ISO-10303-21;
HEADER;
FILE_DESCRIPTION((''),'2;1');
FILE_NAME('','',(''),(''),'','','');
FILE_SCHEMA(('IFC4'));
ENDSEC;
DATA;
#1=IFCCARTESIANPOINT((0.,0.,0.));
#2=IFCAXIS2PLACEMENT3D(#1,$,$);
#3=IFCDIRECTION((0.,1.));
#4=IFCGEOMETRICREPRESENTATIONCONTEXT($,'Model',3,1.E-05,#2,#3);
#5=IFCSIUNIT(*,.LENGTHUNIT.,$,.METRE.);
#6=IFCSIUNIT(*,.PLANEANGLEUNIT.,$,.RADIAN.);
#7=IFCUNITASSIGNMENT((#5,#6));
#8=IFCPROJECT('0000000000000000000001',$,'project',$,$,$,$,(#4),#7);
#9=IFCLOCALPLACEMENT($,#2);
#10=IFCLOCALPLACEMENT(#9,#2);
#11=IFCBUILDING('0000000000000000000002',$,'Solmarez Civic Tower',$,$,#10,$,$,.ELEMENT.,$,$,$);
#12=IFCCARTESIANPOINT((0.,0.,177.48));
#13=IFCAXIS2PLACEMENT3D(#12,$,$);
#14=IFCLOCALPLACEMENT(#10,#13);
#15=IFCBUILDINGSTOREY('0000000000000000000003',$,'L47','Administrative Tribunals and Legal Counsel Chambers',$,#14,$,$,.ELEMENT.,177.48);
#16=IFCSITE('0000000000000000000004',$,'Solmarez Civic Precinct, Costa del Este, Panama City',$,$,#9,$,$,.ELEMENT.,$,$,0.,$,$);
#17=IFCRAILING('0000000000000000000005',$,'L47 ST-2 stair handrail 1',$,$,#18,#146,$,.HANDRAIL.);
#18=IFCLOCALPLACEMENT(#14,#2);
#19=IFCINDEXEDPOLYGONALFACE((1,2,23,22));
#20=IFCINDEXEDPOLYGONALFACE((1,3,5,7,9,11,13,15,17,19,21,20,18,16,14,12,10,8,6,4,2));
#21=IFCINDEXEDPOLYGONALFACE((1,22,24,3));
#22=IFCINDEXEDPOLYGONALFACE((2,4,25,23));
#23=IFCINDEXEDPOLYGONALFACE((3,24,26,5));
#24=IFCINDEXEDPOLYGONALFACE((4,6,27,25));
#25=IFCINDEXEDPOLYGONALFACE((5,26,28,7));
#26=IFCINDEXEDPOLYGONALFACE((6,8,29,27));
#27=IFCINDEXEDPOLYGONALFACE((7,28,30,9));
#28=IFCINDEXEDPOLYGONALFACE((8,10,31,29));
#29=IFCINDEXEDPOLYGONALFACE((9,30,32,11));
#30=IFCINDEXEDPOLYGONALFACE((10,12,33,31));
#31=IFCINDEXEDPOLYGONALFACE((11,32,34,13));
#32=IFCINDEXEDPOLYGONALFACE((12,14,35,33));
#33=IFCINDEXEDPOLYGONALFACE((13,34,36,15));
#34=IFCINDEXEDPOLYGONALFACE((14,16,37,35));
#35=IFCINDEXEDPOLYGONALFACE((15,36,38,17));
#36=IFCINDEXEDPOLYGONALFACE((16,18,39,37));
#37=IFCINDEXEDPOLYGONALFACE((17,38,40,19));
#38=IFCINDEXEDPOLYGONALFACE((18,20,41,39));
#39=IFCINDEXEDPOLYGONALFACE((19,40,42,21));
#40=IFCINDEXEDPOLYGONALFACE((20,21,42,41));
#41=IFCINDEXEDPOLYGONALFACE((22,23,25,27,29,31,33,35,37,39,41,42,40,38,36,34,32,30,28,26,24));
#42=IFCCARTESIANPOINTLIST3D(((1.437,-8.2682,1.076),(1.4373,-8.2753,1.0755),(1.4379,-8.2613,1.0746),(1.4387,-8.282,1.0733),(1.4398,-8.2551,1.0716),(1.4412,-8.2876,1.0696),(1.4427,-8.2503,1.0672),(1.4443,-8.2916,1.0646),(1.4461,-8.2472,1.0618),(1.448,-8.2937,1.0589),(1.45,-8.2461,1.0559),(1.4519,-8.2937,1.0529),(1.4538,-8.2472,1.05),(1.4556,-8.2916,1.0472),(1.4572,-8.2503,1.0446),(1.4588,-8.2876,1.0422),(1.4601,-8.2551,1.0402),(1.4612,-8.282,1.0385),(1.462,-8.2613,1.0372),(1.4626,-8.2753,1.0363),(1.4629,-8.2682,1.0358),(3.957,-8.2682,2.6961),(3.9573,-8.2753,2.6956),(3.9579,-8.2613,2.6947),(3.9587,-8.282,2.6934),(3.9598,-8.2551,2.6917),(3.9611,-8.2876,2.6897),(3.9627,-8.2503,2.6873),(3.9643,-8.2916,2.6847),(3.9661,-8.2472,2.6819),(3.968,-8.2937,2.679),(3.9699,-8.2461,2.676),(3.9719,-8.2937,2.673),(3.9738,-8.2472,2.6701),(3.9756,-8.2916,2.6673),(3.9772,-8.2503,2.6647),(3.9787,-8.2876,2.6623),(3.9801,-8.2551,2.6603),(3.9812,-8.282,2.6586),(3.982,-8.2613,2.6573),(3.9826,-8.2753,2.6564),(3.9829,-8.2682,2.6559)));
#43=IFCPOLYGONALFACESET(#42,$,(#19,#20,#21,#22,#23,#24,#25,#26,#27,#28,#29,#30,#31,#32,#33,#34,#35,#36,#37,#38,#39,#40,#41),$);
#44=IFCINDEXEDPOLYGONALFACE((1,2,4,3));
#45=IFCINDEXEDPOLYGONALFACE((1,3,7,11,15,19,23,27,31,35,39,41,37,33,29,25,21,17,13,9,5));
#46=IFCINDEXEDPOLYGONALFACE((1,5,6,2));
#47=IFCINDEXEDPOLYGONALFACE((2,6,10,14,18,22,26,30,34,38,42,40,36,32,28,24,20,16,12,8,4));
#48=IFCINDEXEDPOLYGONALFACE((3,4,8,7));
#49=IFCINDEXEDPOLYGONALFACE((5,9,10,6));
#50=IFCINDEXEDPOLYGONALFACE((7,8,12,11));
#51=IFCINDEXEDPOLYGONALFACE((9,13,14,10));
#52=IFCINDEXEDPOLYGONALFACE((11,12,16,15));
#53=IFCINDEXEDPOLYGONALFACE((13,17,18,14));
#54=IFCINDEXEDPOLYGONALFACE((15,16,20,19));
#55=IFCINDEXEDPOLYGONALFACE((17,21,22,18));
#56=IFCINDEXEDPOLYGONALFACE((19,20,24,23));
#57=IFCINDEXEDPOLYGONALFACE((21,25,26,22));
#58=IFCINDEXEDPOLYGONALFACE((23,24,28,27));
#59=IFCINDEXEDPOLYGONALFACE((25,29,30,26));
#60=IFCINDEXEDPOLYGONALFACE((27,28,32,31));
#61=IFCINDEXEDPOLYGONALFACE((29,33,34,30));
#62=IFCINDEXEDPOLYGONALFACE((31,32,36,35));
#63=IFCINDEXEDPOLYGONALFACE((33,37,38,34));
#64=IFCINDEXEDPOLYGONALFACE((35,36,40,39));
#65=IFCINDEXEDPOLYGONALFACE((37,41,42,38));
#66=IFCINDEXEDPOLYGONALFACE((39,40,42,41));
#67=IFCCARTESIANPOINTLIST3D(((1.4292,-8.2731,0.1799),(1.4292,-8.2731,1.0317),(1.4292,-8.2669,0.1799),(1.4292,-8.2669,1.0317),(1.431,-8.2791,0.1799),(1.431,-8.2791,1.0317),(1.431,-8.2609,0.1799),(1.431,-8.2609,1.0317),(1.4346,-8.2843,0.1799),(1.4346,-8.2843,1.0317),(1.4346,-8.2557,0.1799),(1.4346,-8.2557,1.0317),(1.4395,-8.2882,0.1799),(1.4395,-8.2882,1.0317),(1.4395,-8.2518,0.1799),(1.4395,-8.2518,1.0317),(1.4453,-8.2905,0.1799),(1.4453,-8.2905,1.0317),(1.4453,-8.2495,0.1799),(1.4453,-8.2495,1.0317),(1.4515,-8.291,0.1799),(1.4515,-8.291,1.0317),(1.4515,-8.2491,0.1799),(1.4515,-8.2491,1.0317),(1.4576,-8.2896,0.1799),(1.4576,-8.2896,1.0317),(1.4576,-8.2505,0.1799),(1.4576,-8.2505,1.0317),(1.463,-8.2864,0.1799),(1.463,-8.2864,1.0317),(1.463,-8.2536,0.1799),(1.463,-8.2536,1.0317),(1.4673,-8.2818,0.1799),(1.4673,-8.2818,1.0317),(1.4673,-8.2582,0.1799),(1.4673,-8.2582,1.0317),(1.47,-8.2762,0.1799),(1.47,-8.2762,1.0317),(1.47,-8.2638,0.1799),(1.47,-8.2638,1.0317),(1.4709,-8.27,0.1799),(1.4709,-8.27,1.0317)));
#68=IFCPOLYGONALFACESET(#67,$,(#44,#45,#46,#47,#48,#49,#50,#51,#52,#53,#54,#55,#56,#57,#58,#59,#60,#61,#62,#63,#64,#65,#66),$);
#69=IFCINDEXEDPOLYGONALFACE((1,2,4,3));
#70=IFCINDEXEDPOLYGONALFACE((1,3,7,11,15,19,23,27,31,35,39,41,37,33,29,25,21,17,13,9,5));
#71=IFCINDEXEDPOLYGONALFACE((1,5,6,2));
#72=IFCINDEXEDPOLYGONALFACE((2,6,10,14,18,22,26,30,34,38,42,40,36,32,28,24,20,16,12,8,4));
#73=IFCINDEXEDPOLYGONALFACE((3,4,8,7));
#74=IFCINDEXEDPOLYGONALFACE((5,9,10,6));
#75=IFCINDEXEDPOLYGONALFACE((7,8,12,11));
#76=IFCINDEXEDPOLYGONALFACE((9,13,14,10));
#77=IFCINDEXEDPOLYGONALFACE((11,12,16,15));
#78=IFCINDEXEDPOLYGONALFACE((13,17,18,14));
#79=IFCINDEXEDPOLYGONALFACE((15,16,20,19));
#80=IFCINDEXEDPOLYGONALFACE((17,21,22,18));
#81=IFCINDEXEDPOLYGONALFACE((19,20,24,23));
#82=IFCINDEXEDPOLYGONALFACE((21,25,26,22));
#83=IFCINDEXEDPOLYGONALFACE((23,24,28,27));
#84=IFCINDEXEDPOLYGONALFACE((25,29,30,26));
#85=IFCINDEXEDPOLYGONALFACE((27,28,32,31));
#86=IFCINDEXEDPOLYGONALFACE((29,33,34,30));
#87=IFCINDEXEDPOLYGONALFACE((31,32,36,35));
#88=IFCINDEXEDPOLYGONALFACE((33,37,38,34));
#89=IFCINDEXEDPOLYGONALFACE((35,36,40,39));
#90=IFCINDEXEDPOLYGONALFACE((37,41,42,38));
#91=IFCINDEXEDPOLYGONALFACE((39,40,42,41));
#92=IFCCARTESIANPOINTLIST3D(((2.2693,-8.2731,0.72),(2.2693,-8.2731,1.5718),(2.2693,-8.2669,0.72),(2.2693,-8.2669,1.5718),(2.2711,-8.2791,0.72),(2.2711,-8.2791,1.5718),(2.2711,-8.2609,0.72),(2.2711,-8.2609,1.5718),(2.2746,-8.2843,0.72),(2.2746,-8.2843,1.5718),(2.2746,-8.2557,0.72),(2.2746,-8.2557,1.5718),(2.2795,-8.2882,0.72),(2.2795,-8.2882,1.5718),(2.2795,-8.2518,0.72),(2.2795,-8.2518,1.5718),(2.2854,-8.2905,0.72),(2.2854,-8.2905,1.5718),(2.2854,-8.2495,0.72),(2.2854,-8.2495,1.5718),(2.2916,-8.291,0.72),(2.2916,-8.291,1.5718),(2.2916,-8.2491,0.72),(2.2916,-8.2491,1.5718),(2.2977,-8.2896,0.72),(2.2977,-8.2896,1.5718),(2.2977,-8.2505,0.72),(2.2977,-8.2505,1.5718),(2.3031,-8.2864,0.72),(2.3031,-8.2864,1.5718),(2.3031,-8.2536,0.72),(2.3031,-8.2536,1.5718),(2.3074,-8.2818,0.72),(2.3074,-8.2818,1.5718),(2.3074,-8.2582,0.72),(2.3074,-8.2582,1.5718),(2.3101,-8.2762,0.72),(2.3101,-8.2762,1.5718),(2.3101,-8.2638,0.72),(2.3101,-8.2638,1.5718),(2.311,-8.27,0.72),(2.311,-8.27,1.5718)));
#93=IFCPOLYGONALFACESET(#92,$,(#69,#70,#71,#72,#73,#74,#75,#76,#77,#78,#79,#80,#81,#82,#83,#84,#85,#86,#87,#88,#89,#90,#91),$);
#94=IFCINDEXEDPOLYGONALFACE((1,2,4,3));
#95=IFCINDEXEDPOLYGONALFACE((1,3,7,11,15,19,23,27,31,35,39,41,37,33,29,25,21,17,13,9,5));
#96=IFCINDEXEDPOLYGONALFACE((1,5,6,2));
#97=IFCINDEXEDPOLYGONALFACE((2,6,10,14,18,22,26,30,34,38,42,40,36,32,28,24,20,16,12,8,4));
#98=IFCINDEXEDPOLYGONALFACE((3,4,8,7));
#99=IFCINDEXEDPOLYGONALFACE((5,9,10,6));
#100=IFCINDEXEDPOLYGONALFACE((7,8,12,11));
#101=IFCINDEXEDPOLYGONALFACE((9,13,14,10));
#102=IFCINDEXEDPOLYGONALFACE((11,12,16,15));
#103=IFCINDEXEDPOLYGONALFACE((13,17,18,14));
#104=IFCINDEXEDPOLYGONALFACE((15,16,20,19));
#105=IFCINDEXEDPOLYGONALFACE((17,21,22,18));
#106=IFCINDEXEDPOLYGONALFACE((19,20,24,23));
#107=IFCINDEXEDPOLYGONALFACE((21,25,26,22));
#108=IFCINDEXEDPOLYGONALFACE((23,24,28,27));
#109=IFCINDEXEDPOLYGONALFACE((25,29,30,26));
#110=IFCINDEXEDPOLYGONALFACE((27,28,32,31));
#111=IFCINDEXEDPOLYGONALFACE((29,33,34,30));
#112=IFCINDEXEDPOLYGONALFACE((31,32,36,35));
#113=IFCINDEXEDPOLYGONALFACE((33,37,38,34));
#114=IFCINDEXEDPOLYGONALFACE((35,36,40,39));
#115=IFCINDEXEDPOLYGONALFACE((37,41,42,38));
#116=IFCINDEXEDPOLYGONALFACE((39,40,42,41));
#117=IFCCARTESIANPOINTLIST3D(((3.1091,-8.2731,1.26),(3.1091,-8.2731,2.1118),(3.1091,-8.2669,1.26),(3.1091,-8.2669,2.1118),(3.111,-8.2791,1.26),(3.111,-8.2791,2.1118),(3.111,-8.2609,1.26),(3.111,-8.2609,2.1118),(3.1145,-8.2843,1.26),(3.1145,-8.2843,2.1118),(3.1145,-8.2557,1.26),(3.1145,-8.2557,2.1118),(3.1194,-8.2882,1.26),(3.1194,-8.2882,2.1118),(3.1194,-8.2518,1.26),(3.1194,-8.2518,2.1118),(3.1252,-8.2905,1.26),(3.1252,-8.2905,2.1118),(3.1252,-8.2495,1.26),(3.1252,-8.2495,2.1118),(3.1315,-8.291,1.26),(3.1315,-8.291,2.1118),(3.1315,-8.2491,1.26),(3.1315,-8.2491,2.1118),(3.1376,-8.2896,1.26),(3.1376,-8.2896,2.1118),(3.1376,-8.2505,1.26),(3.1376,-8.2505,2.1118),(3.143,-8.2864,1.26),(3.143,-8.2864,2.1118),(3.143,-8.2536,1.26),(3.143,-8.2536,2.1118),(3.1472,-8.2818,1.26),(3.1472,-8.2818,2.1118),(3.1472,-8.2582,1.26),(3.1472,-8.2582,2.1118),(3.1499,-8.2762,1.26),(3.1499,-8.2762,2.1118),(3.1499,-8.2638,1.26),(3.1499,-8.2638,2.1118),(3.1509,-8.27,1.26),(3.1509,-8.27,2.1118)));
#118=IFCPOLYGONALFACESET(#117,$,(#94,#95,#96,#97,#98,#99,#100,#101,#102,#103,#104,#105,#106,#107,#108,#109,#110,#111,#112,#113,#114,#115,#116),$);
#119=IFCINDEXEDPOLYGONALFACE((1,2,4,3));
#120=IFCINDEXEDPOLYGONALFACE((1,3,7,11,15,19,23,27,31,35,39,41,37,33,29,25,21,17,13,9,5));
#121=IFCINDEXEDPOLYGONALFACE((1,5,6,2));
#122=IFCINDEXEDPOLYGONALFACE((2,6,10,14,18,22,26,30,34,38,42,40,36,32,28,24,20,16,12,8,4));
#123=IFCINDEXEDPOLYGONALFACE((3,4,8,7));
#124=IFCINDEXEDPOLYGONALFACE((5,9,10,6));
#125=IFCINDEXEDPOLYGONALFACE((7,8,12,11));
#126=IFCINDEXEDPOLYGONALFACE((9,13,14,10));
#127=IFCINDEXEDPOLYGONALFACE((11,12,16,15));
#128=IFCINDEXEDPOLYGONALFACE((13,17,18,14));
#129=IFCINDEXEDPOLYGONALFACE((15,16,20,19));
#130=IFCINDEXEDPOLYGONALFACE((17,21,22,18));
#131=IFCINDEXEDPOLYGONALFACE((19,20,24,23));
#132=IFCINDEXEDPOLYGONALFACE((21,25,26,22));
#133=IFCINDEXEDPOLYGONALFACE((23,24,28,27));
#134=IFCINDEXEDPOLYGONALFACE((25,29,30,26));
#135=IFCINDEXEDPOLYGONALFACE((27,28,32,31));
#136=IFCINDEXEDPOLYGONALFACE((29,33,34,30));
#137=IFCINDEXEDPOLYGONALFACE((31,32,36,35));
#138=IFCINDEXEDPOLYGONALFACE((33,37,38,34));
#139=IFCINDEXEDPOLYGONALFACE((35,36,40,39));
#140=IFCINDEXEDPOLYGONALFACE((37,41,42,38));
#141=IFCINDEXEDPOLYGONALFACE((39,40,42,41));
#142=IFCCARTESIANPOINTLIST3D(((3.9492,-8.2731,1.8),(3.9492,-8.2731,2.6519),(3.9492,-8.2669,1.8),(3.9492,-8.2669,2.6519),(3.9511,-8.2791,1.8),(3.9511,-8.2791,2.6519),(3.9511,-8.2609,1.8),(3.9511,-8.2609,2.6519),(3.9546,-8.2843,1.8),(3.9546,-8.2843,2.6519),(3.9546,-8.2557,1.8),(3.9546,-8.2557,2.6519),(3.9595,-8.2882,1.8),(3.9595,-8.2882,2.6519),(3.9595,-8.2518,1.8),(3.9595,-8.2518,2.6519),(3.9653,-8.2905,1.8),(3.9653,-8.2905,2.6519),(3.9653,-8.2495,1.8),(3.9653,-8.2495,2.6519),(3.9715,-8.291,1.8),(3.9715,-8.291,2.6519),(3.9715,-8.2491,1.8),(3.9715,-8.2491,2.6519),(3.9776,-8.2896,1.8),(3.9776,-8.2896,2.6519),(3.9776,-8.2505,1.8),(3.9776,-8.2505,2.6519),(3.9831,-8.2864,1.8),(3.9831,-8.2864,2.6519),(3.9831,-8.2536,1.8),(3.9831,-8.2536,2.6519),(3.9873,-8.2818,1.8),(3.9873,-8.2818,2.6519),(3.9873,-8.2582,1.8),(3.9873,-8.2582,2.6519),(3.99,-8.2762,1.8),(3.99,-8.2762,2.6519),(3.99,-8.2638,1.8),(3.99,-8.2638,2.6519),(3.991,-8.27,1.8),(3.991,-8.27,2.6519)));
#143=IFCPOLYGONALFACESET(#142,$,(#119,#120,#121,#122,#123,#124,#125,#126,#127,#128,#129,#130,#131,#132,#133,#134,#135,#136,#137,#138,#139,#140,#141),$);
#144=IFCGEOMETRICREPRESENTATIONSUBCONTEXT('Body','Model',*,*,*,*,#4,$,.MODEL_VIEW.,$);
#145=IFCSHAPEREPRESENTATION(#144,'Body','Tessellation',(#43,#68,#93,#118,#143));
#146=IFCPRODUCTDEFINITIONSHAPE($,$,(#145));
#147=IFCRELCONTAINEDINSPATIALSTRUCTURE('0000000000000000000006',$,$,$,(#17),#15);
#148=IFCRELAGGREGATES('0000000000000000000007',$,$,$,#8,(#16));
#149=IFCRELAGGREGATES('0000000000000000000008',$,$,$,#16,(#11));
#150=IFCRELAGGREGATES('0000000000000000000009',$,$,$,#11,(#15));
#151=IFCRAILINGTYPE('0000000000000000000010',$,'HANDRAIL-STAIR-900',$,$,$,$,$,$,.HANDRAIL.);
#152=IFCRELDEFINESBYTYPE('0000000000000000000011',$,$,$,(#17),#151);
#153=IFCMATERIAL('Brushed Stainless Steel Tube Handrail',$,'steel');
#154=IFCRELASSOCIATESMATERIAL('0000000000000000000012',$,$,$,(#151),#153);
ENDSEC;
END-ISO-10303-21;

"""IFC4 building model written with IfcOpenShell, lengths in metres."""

from ifc_helpers import new_model, si_unit, direction, frame, origin, origin_2d, place, context, subcontext, project, spatial, circle, extrude, material, type_object, element, save


model = new_model("IFC4")

# Units and contexts
model_context = context("Model", 3, precision=1e-05, world=origin(), true_north=direction((0.0, 1.0)))
body_context = subcontext(model_context, "Body", "Model", "MODEL_VIEW")
ifc_project = project(units=[si_unit("LENGTHUNIT", "METRE"), si_unit("PLANEANGLEUNIT", "RADIAN")], contexts=[model_context])

# Site, building, storey
site_placement = place(None, origin())
site = spatial("IfcSite", under=ifc_project, at=site_placement, Name="Solmarez Civic Precinct, Costa del Este, Panama City", CompositionType="ELEMENT", RefElevation=0.0)
building_placement = place(site_placement, origin())
building = spatial("IfcBuilding", under=site, at=building_placement, Name="Solmarez Civic Tower", CompositionType="ELEMENT")
storey_placement = place(building_placement, frame((0.0, 0.0, 177.48)))
storey = spatial("IfcBuildingStorey", under=building, at=storey_placement, Name="L47", Description="Administrative Tribunals and Legal Counsel Chambers", CompositionType="ELEMENT", Elevation=177.48)

# Railing
ifc_material_1 = material(Name="Brushed Stainless Steel Tube Handrail", Category="steel")
railing_type_1 = type_object("IfcRailingType", Name="HANDRAIL-STAIR-900", PredefinedType="HANDRAIL", material=ifc_material_1)
railing_1_placement = place(storey_placement, frame((1.45, -8.27, 0.1799)))
element("IfcRailing", 1, at=railing_1_placement, inside=storey, type_object=railing_type_1, Name="L47 ST-2 stair handrail 1", PredefinedType="HANDRAIL", context=body_context, shape_type="SweptSolid", body=[
    extrude(circle(Radius=0.0239, at=origin_2d()), frame((0.0, 0.0, 0.876), z_axis=(0.841163, 0.0, 0.540782), x_axis=(0.0, 1.0, 0.0)), (0.0, 0.0, 1.0), 2.9958),
    extrude(circle(Radius=0.021, at=origin_2d()), origin(), (0.0, 0.0, 1.0), 0.8518),
    extrude(circle(Radius=0.021, at=origin_2d()), frame((0.8401, 0.0, 0.54)), (0.0, 0.0, 1.0), 0.8518),
    extrude(circle(Radius=0.021, at=origin_2d()), frame((1.6799, 0.0, 1.0801)), (0.0, 0.0, 1.0), 0.8518),
    extrude(circle(Radius=0.021, at=origin_2d()), frame((2.52, 0.0, 1.6201)), (0.0, 0.0, 1.0), 0.8518),
])

save(model, "model.ifc")
